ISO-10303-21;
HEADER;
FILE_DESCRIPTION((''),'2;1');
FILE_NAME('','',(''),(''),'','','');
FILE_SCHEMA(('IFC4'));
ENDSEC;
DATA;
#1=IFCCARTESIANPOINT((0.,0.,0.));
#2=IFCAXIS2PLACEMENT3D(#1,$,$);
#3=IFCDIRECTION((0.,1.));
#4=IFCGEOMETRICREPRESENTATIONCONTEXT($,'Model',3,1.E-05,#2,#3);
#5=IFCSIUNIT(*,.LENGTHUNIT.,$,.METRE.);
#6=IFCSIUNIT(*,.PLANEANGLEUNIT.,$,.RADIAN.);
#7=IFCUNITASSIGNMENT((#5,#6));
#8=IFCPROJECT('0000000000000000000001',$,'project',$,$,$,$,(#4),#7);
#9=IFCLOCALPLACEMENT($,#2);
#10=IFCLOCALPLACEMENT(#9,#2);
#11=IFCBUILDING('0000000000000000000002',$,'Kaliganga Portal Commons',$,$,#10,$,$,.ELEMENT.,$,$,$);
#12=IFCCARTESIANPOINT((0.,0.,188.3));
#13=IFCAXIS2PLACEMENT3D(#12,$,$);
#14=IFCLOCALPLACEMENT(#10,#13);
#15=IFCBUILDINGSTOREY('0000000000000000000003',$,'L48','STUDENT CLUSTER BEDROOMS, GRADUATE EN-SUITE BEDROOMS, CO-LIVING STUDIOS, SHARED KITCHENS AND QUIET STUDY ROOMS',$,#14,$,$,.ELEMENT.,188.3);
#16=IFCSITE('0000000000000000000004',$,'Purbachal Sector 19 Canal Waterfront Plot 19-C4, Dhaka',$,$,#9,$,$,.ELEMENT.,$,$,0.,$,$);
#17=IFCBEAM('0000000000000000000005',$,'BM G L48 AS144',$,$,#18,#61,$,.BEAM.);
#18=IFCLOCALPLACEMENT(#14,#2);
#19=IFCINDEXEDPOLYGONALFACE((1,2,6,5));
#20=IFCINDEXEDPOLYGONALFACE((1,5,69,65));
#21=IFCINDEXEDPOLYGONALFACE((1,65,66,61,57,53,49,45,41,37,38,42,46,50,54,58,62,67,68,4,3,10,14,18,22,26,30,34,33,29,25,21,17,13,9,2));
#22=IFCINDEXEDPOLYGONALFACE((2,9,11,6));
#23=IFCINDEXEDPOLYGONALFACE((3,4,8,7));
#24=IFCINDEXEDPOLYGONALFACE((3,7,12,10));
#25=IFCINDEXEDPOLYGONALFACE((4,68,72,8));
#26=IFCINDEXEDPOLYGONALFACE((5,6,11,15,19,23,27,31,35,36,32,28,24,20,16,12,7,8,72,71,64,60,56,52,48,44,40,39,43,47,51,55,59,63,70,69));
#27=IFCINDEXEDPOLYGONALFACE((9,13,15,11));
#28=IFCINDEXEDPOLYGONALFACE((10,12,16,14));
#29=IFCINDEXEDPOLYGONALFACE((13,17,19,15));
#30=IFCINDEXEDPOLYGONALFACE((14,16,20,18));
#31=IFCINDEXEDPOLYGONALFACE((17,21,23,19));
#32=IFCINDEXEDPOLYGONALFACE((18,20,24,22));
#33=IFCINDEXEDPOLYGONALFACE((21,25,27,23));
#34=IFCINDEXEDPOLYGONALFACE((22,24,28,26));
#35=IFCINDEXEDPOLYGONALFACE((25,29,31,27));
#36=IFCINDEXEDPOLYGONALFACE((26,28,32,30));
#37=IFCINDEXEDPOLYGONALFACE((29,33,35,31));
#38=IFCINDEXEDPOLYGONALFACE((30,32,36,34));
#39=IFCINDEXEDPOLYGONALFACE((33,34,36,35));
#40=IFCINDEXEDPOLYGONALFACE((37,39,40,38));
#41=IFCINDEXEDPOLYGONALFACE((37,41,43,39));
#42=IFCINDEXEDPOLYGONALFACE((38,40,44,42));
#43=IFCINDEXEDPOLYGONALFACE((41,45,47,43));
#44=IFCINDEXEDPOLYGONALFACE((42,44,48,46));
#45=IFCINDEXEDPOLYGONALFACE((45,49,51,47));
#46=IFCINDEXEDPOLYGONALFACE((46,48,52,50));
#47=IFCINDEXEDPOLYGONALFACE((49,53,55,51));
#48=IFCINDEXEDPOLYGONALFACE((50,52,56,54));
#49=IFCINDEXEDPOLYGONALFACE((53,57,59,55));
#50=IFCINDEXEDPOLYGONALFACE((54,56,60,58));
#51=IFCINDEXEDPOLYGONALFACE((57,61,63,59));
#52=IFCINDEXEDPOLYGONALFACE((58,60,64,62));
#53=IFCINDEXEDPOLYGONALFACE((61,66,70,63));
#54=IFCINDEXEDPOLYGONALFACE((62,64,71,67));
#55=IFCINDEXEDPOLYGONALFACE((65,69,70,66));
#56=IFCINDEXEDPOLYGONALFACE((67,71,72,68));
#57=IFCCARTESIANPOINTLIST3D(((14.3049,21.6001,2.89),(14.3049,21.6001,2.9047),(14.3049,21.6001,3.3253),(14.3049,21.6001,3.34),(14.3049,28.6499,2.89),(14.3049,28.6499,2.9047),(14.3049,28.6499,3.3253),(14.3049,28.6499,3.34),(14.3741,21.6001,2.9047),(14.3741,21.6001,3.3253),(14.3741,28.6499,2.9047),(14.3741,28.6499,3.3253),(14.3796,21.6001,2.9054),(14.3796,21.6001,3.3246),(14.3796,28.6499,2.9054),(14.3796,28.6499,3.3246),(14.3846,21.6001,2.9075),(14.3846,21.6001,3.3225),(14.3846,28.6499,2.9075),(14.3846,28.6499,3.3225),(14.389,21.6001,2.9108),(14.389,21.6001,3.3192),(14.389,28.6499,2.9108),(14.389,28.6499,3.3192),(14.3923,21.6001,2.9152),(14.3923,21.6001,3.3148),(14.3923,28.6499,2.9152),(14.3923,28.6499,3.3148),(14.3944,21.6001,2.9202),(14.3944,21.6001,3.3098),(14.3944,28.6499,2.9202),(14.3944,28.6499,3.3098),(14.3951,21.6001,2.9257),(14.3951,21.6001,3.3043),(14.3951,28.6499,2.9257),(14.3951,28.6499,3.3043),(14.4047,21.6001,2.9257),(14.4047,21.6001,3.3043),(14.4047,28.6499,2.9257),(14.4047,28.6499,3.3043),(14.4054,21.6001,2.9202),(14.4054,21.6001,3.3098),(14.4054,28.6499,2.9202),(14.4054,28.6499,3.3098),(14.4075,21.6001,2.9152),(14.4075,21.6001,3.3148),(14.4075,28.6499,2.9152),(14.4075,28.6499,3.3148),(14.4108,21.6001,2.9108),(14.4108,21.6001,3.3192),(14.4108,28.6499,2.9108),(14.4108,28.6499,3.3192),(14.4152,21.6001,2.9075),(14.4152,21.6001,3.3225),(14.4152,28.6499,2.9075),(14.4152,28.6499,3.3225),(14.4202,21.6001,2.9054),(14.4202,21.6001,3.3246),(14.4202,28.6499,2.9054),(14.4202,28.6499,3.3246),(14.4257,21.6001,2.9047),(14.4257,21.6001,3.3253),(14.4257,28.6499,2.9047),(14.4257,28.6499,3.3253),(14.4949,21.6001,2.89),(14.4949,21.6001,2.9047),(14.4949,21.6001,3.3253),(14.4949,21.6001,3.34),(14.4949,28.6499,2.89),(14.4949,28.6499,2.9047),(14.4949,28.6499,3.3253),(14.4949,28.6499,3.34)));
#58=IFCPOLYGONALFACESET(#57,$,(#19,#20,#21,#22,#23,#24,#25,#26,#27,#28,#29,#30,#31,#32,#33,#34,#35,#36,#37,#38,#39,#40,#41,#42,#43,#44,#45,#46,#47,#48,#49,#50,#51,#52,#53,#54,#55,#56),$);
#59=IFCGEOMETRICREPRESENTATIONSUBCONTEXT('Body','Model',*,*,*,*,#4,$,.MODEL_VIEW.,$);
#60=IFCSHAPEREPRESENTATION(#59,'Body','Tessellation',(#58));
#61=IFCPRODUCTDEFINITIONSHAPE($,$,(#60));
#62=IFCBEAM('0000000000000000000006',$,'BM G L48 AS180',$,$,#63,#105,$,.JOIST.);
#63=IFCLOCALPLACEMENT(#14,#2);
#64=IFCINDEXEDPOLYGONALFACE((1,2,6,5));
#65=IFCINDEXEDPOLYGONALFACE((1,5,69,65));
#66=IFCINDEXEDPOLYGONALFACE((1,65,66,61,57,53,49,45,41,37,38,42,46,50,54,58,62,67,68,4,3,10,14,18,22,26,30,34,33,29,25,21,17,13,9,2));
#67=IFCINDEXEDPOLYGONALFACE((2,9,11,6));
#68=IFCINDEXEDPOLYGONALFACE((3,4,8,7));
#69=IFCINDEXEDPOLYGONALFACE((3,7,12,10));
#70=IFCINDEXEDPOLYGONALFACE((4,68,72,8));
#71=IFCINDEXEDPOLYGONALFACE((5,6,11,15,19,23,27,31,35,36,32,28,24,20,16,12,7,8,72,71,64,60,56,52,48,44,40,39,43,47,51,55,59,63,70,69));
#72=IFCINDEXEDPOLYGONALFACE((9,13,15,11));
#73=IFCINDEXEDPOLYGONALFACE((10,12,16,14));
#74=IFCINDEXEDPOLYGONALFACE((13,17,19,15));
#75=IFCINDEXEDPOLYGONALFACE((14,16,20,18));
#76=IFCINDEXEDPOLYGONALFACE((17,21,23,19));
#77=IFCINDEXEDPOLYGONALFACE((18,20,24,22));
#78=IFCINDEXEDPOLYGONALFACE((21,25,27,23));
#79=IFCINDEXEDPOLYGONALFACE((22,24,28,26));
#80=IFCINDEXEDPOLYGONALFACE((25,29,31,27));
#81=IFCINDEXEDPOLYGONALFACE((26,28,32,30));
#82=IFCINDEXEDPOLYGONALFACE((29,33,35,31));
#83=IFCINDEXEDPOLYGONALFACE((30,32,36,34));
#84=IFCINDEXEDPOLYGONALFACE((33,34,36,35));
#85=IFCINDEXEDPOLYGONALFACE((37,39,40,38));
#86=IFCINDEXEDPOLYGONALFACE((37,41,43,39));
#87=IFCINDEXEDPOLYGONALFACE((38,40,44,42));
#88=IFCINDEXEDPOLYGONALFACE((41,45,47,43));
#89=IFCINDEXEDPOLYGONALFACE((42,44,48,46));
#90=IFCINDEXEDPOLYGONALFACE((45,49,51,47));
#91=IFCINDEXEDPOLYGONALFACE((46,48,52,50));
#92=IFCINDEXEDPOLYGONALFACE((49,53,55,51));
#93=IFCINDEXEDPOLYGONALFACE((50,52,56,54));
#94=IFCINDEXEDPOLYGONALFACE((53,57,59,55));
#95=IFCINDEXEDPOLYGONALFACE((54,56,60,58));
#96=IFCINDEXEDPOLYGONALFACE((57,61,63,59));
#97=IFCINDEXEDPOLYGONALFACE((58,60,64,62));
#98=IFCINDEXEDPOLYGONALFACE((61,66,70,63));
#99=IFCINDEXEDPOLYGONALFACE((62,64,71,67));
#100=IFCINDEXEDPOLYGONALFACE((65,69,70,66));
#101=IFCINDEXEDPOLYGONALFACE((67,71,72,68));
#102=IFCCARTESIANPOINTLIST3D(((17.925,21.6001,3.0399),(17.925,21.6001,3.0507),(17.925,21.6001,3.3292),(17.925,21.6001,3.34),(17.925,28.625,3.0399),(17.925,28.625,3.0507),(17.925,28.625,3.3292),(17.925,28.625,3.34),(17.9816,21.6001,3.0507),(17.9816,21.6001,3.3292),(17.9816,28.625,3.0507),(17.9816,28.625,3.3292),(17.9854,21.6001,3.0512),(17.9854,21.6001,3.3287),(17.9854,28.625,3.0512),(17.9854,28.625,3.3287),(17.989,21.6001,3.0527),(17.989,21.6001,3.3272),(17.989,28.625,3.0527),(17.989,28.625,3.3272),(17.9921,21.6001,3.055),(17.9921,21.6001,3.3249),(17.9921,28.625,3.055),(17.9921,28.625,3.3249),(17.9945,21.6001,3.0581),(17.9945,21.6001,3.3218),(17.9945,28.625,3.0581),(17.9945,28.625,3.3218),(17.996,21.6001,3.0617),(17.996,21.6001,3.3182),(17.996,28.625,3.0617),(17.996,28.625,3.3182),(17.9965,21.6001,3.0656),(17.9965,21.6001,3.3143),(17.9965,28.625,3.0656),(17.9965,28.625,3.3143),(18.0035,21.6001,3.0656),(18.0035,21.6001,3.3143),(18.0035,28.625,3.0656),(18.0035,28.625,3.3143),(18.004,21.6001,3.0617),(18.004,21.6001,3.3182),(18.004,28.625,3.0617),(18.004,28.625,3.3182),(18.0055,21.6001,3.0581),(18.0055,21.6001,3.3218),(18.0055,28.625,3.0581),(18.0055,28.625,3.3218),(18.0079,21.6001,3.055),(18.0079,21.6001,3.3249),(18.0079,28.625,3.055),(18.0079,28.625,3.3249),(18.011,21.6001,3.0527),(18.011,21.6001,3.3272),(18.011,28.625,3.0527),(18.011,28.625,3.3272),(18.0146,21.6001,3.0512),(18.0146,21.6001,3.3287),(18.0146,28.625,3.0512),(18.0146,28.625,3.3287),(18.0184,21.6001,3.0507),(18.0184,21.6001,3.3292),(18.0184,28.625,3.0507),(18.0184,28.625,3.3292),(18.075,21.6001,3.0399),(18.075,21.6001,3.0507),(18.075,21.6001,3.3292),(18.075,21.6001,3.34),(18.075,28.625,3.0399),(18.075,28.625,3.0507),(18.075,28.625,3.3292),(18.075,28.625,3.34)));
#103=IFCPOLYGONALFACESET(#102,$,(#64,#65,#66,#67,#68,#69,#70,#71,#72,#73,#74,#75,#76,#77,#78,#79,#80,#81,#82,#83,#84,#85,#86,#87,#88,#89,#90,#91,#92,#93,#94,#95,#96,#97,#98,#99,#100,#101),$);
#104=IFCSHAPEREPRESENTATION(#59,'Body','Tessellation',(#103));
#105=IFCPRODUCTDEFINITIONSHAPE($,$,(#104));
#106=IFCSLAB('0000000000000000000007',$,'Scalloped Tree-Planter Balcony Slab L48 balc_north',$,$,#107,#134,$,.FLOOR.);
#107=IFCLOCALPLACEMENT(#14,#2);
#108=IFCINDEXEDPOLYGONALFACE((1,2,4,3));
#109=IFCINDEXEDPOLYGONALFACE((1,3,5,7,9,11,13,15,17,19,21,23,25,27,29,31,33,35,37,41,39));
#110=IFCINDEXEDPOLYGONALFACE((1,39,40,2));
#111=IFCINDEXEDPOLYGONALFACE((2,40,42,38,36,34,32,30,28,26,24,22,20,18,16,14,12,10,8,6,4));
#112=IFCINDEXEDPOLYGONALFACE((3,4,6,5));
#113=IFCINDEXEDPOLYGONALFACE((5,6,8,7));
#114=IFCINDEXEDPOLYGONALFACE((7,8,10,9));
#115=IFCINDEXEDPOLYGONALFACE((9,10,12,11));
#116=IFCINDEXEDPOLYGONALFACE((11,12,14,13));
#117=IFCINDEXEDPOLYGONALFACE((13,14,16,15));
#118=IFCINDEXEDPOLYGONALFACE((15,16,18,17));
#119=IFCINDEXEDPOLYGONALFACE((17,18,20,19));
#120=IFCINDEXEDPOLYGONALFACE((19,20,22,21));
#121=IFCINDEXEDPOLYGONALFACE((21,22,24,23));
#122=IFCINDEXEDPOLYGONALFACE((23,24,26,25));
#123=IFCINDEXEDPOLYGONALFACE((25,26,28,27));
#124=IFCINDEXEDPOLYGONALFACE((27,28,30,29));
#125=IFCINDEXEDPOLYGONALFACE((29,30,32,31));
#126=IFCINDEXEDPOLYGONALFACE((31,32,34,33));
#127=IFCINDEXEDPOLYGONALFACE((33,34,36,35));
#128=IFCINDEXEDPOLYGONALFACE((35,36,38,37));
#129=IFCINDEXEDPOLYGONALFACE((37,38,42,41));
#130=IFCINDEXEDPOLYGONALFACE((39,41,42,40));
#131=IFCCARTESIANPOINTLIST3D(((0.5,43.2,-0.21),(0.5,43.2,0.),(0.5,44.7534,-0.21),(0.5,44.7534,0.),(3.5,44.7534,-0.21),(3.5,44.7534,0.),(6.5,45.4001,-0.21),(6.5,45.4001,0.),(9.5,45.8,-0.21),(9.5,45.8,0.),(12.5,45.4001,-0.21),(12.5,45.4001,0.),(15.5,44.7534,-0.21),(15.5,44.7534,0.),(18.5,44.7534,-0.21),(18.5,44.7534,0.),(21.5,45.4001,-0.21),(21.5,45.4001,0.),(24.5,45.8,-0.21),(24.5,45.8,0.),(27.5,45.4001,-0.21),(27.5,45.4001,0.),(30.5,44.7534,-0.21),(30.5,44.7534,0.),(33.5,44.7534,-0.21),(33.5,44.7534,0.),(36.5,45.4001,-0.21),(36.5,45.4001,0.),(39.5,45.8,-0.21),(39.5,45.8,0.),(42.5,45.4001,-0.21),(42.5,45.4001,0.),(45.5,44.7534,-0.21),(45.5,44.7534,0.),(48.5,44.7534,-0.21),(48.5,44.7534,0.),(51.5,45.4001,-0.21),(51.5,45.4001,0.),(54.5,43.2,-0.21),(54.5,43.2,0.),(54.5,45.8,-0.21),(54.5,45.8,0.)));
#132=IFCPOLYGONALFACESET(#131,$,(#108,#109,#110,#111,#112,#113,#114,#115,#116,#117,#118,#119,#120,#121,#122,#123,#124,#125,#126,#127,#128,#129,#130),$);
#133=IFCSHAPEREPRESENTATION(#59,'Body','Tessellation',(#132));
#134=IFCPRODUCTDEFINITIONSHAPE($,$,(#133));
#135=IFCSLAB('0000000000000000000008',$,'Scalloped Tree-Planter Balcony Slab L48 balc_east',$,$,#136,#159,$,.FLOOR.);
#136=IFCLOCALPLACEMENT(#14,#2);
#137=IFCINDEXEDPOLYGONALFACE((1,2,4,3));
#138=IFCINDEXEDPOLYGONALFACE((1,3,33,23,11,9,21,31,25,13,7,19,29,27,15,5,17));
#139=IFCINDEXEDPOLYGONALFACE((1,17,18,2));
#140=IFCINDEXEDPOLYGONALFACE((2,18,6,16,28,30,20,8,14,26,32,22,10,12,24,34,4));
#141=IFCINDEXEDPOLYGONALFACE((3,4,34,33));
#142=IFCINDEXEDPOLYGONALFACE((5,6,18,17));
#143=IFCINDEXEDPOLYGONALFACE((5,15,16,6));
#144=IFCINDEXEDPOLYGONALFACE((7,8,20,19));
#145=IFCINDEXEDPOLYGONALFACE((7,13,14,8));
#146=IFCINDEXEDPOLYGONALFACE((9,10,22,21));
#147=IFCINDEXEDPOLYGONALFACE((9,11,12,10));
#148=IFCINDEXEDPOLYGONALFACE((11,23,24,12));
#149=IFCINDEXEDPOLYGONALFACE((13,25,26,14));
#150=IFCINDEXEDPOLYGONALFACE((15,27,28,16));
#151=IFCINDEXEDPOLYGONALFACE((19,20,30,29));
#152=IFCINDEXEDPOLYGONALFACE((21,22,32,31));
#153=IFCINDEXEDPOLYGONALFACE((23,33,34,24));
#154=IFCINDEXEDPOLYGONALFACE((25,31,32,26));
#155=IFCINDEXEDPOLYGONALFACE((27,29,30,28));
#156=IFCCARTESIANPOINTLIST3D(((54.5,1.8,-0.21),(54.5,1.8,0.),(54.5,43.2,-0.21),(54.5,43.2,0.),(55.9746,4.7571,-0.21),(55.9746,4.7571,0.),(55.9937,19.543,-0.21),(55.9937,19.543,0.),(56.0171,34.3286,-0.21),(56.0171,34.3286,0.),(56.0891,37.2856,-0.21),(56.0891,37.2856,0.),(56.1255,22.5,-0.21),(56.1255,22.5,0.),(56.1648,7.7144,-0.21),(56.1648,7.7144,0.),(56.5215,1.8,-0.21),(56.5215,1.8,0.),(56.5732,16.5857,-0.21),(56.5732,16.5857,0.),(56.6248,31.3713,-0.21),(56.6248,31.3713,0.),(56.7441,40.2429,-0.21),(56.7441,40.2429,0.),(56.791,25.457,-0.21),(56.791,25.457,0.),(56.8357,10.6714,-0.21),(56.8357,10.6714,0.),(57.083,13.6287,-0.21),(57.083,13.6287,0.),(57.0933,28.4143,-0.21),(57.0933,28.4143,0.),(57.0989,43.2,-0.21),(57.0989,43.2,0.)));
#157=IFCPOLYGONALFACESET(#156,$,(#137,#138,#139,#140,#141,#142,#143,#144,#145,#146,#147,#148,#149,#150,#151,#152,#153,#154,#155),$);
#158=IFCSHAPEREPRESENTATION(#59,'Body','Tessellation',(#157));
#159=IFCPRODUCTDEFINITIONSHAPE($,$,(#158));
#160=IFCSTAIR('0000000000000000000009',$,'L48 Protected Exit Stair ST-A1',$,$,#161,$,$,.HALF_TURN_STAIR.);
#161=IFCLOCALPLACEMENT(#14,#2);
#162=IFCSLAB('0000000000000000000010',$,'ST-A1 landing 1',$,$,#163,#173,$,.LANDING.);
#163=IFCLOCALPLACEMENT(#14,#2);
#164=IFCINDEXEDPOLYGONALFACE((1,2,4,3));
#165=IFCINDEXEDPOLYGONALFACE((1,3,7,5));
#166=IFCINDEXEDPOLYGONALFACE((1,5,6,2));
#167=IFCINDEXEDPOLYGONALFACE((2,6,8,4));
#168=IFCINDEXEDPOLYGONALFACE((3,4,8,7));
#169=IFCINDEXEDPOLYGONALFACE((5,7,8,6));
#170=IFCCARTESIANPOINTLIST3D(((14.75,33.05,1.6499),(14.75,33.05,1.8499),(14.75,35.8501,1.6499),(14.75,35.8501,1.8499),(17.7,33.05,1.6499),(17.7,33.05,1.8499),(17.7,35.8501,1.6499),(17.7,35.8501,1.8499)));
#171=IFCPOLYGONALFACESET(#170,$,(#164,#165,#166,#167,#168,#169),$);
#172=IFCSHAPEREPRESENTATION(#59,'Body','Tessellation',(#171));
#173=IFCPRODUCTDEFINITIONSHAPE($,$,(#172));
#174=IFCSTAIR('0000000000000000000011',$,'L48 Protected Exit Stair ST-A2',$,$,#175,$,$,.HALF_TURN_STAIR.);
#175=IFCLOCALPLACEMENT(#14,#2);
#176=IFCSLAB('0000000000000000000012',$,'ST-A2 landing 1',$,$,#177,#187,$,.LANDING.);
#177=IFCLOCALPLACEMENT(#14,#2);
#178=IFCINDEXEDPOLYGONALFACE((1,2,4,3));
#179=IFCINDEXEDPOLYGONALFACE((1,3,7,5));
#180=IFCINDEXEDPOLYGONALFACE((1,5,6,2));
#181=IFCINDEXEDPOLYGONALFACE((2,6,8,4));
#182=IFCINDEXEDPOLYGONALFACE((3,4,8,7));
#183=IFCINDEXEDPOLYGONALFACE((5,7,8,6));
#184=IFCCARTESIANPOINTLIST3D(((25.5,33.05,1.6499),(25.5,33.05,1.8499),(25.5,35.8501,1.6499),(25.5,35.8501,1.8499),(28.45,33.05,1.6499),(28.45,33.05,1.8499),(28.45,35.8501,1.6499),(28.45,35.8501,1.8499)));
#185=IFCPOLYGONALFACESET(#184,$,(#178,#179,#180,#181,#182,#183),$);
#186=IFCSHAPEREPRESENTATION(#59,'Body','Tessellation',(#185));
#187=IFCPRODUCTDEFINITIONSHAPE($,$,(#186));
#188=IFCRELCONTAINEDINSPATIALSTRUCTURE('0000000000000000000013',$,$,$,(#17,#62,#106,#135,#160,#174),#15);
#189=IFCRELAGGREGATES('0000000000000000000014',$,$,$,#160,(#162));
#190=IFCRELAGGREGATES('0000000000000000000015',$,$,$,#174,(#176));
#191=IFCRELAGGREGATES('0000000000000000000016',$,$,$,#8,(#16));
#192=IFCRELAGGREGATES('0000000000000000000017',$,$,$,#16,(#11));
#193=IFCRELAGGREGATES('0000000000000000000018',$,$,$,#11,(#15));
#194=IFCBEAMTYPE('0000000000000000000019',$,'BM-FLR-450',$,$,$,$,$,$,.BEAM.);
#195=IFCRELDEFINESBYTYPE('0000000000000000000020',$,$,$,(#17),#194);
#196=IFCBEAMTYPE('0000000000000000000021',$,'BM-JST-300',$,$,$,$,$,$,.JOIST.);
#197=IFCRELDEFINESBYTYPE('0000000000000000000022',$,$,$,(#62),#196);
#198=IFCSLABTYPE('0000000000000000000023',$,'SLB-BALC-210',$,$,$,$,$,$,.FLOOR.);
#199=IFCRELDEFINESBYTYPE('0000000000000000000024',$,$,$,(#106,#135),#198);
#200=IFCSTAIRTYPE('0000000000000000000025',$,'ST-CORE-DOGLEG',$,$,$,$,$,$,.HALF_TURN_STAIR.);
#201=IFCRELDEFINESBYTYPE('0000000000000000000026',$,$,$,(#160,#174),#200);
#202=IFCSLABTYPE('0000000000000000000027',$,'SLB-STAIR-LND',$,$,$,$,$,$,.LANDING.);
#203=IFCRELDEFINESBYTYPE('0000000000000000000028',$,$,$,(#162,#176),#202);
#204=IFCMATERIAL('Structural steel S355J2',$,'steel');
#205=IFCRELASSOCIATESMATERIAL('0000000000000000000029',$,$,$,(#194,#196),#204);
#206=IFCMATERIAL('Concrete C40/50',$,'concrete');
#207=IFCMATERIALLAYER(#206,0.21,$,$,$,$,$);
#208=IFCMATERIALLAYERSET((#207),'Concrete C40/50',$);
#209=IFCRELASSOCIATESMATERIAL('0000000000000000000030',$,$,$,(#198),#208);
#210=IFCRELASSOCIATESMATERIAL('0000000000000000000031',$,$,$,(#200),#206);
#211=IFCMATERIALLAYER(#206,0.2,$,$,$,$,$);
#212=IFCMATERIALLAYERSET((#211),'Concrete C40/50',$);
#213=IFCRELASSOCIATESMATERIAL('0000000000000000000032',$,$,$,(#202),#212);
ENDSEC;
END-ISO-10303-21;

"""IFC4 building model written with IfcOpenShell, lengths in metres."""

from ifc_helpers import new_model, si_unit, direction, frame, origin, origin_2d, place, context, subcontext, project, spatial, polyline, i_section, outline, extrude, source, transform, mapped, material, layer, layer_set, material_profile, profile_set, type_object, element, aggregate, save


model = new_model("IFC4")

# Units and contexts
model_context = context("Model", 3, precision=1e-05, world=origin(), true_north=direction((0.0, 1.0)))
body_context = subcontext(model_context, "Body", "Model", "MODEL_VIEW")
ifc_project = project(units=[si_unit("LENGTHUNIT", "METRE"), si_unit("PLANEANGLEUNIT", "RADIAN")], contexts=[model_context])

# Site, building, storey
site_placement = place(None, origin())
site = spatial("IfcSite", under=ifc_project, at=site_placement, Name="Purbachal Sector 19 Canal Waterfront Plot 19-C4, Dhaka", CompositionType="ELEMENT", RefElevation=0.0)
building_placement = place(site_placement, origin())
building = spatial("IfcBuilding", under=site, at=building_placement, Name="Kaliganga Portal Commons", CompositionType="ELEMENT")
storey_placement = place(building_placement, frame((0.0, 0.0, 188.3)))
storey = spatial("IfcBuildingStorey", under=building, at=storey_placement, Name="L48", Description="STUDENT CLUSTER BEDROOMS, GRADUATE EN-SUITE BEDROOMS, CO-LIVING STUDIOS, SHARED KITCHENS AND QUIET STUDY ROOMS", CompositionType="ELEMENT", Elevation=188.3)

# Beams
ifc_material_1 = material(Name="Structural steel S355J2", Category="steel")
ifc_material_profile_1 = material_profile(ifc_material_1, i_section(OverallWidth=0.1899, OverallDepth=0.45, WebThickness=0.0095, FlangeThickness=0.0146, FilletRadius=0.021, at=origin_2d()), Name="IPE 450")
ifc_profile_set_1 = profile_set([ifc_material_profile_1], Name="Structural steel S355J2 wide-flange")
beam_type_1 = type_object("IfcBeamType", Name="BM-FLR-450", PredefinedType="BEAM", material=ifc_profile_set_1)
shared_shape_1 = source(origin(), body_context, "Body", "SweptSolid", [
    extrude(i_section(OverallWidth=0.1899, OverallDepth=0.45, WebThickness=0.0095, FlangeThickness=0.0146, FilletRadius=0.021, at=origin_2d()), origin(), (0.0, 0.0, 1.0), 7.0498),
])
beam_1_placement = place(storey_placement, frame((14.3999, 21.6001, 3.115), z_axis=(0.0, 1.0, 0.0), x_axis=(-1.0, 0.0, 0.0)))
element("IfcBeam", 1, at=beam_1_placement, inside=storey, type_object=beam_type_1, Name="BM G L48 AS144", PredefinedType="BEAM", context=body_context, shape_type="MappedRepresentation", body=[
    mapped(shared_shape_1, transform((0.0, 0.0, 0.0), x_axis=(1.0, 0.0, 0.0), y_axis=(0.0, 1.0, 0.0), z_axis=(0.0, 0.0, 1.0), scale=1.0)),
])
ifc_material_profile_2 = material_profile(ifc_material_1, i_section(OverallWidth=0.1499, OverallDepth=0.3, WebThickness=0.0071, FlangeThickness=0.0107, FilletRadius=0.0149, at=origin_2d()), Name="IPE 300")
ifc_profile_set_2 = profile_set([ifc_material_profile_2], Name="Structural steel S355J2 wide-flange")
beam_type_2 = type_object("IfcBeamType", Name="BM-JST-300", PredefinedType="JOIST", material=ifc_profile_set_2)
shared_shape_2 = source(origin(), body_context, "Body", "SweptSolid", [
    extrude(i_section(OverallWidth=0.1499, OverallDepth=0.3, WebThickness=0.0071, FlangeThickness=0.0107, FilletRadius=0.0149, at=origin_2d()), origin(), (0.0, 0.0, 1.0), 7.0249),
])
beam_2_placement = place(storey_placement, frame((18.0, 21.6001, 3.1899), z_axis=(0.0, 1.0, 0.0), x_axis=(-1.0, 0.0, 0.0)))
element("IfcBeam", 2, at=beam_2_placement, inside=storey, type_object=beam_type_2, Name="BM G L48 AS180", PredefinedType="JOIST", context=body_context, shape_type="MappedRepresentation", body=[
    mapped(shared_shape_2, transform((0.0, 0.0, 0.0), x_axis=(1.0, 0.0, 0.0), y_axis=(0.0, 1.0, 0.0), z_axis=(0.0, 0.0, 1.0), scale=1.0)),
])

# Slabs
ifc_material_2 = material(Name="Concrete C40/50", Category="concrete")
ifc_layer_1 = layer(ifc_material_2, 0.21)
ifc_layer_set_1 = layer_set([ifc_layer_1], Name="Concrete C40/50")
slab_type_1 = type_object("IfcSlabType", Name="SLB-BALC-210", PredefinedType="FLOOR", material=ifc_layer_set_1)
slab_1_placement = place(storey_placement, frame((0.0, 0.0, -0.21)))
element("IfcSlab", 3, at=slab_1_placement, inside=storey, type_object=slab_type_1, Name="Scalloped Tree-Planter Balcony Slab L48 balc_north", PredefinedType="FLOOR", context=body_context, shape_type="SweptSolid", body=[
    extrude(outline(polyline([(54.5, 43.2), (54.5, 45.8), (51.5, 45.4001), (48.5, 44.7534), (45.5, 44.7534), (42.5, 45.4001), (39.5, 45.8), (36.5, 45.4001), (33.5, 44.7534), (30.5, 44.7534), (27.5, 45.4001), (24.5, 45.8), (21.5, 45.4001), (18.5, 44.7534), (15.5, 44.7534), (12.5, 45.4001), (9.5, 45.8), (6.5, 45.4001), (3.5, 44.7534), (0.5, 44.7534), (0.5, 43.2), (54.5, 43.2)])), origin(), (0.0, 0.0, 1.0), 0.21),
])
slab_2_placement = place(storey_placement, frame((0.0, 0.0, -0.21)))
element("IfcSlab", 4, at=slab_2_placement, inside=storey, type_object=slab_type_1, Name="Scalloped Tree-Planter Balcony Slab L48 balc_east", PredefinedType="FLOOR", context=body_context, shape_type="SweptSolid", body=[
    extrude(outline(polyline([(54.5, 1.8), (56.5215, 1.8), (55.9746, 4.7571), (56.1648, 7.7144), (56.8357, 10.6714), (57.083, 13.6287), (56.5732, 16.5857), (55.9937, 19.543), (56.1255, 22.5), (56.791, 25.457), (57.0933, 28.4143), (56.6248, 31.3713), (56.0171, 34.3286), (56.0891, 37.2856), (56.7441, 40.2429), (57.0989, 43.2), (54.5, 43.2), (54.5, 1.8)])), origin(), (0.0, 0.0, 1.0), 0.21),
])

# Stairs, slabs
stair_type = type_object("IfcStairType", Name="ST-CORE-DOGLEG", PredefinedType="HALF_TURN_STAIR", material=ifc_material_2)
stair_1_placement = place(storey_placement, origin())
stair_1 = element("IfcStair", 5, at=stair_1_placement, inside=storey, type_object=stair_type, Name="L48 Protected Exit Stair ST-A1", PredefinedType="HALF_TURN_STAIR")
ifc_layer_2 = layer(ifc_material_2, 0.2)
ifc_layer_set_2 = layer_set([ifc_layer_2], Name="Concrete C40/50")
slab_type_2 = type_object("IfcSlabType", Name="SLB-STAIR-LND", PredefinedType="LANDING", material=ifc_layer_set_2)
slab_3_placement = place(storey_placement, frame((0.0, 0.0, 1.6499)))
slab_3 = element("IfcSlab", 6, at=slab_3_placement, type_object=slab_type_2, Name="ST-A1 landing 1", PredefinedType="LANDING", context=body_context, shape_type="SweptSolid", body=[
    extrude(outline(polyline([(17.7, 33.05), (17.7, 35.8501), (14.75, 35.8501), (14.75, 33.05), (17.7, 33.05)])), origin(), (0.0, 0.0, 1.0), 0.2),
])
aggregate(stair_1, [slab_3])
stair_2_placement = place(storey_placement, origin())
stair_2 = element("IfcStair", 7, at=stair_2_placement, inside=storey, type_object=stair_type, Name="L48 Protected Exit Stair ST-A2", PredefinedType="HALF_TURN_STAIR")
slab_4_placement = place(storey_placement, frame((0.0, 0.0, 1.6499)))
slab_4 = element("IfcSlab", 8, at=slab_4_placement, type_object=slab_type_2, Name="ST-A2 landing 1", PredefinedType="LANDING", context=body_context, shape_type="SweptSolid", body=[
    extrude(outline(polyline([(28.45, 33.05), (28.45, 35.8501), (25.5, 35.8501), (25.5, 33.05), (28.45, 33.05)])), origin(), (0.0, 0.0, 1.0), 0.2),
])
aggregate(stair_2, [slab_4])

save(model, "model.ifc")
